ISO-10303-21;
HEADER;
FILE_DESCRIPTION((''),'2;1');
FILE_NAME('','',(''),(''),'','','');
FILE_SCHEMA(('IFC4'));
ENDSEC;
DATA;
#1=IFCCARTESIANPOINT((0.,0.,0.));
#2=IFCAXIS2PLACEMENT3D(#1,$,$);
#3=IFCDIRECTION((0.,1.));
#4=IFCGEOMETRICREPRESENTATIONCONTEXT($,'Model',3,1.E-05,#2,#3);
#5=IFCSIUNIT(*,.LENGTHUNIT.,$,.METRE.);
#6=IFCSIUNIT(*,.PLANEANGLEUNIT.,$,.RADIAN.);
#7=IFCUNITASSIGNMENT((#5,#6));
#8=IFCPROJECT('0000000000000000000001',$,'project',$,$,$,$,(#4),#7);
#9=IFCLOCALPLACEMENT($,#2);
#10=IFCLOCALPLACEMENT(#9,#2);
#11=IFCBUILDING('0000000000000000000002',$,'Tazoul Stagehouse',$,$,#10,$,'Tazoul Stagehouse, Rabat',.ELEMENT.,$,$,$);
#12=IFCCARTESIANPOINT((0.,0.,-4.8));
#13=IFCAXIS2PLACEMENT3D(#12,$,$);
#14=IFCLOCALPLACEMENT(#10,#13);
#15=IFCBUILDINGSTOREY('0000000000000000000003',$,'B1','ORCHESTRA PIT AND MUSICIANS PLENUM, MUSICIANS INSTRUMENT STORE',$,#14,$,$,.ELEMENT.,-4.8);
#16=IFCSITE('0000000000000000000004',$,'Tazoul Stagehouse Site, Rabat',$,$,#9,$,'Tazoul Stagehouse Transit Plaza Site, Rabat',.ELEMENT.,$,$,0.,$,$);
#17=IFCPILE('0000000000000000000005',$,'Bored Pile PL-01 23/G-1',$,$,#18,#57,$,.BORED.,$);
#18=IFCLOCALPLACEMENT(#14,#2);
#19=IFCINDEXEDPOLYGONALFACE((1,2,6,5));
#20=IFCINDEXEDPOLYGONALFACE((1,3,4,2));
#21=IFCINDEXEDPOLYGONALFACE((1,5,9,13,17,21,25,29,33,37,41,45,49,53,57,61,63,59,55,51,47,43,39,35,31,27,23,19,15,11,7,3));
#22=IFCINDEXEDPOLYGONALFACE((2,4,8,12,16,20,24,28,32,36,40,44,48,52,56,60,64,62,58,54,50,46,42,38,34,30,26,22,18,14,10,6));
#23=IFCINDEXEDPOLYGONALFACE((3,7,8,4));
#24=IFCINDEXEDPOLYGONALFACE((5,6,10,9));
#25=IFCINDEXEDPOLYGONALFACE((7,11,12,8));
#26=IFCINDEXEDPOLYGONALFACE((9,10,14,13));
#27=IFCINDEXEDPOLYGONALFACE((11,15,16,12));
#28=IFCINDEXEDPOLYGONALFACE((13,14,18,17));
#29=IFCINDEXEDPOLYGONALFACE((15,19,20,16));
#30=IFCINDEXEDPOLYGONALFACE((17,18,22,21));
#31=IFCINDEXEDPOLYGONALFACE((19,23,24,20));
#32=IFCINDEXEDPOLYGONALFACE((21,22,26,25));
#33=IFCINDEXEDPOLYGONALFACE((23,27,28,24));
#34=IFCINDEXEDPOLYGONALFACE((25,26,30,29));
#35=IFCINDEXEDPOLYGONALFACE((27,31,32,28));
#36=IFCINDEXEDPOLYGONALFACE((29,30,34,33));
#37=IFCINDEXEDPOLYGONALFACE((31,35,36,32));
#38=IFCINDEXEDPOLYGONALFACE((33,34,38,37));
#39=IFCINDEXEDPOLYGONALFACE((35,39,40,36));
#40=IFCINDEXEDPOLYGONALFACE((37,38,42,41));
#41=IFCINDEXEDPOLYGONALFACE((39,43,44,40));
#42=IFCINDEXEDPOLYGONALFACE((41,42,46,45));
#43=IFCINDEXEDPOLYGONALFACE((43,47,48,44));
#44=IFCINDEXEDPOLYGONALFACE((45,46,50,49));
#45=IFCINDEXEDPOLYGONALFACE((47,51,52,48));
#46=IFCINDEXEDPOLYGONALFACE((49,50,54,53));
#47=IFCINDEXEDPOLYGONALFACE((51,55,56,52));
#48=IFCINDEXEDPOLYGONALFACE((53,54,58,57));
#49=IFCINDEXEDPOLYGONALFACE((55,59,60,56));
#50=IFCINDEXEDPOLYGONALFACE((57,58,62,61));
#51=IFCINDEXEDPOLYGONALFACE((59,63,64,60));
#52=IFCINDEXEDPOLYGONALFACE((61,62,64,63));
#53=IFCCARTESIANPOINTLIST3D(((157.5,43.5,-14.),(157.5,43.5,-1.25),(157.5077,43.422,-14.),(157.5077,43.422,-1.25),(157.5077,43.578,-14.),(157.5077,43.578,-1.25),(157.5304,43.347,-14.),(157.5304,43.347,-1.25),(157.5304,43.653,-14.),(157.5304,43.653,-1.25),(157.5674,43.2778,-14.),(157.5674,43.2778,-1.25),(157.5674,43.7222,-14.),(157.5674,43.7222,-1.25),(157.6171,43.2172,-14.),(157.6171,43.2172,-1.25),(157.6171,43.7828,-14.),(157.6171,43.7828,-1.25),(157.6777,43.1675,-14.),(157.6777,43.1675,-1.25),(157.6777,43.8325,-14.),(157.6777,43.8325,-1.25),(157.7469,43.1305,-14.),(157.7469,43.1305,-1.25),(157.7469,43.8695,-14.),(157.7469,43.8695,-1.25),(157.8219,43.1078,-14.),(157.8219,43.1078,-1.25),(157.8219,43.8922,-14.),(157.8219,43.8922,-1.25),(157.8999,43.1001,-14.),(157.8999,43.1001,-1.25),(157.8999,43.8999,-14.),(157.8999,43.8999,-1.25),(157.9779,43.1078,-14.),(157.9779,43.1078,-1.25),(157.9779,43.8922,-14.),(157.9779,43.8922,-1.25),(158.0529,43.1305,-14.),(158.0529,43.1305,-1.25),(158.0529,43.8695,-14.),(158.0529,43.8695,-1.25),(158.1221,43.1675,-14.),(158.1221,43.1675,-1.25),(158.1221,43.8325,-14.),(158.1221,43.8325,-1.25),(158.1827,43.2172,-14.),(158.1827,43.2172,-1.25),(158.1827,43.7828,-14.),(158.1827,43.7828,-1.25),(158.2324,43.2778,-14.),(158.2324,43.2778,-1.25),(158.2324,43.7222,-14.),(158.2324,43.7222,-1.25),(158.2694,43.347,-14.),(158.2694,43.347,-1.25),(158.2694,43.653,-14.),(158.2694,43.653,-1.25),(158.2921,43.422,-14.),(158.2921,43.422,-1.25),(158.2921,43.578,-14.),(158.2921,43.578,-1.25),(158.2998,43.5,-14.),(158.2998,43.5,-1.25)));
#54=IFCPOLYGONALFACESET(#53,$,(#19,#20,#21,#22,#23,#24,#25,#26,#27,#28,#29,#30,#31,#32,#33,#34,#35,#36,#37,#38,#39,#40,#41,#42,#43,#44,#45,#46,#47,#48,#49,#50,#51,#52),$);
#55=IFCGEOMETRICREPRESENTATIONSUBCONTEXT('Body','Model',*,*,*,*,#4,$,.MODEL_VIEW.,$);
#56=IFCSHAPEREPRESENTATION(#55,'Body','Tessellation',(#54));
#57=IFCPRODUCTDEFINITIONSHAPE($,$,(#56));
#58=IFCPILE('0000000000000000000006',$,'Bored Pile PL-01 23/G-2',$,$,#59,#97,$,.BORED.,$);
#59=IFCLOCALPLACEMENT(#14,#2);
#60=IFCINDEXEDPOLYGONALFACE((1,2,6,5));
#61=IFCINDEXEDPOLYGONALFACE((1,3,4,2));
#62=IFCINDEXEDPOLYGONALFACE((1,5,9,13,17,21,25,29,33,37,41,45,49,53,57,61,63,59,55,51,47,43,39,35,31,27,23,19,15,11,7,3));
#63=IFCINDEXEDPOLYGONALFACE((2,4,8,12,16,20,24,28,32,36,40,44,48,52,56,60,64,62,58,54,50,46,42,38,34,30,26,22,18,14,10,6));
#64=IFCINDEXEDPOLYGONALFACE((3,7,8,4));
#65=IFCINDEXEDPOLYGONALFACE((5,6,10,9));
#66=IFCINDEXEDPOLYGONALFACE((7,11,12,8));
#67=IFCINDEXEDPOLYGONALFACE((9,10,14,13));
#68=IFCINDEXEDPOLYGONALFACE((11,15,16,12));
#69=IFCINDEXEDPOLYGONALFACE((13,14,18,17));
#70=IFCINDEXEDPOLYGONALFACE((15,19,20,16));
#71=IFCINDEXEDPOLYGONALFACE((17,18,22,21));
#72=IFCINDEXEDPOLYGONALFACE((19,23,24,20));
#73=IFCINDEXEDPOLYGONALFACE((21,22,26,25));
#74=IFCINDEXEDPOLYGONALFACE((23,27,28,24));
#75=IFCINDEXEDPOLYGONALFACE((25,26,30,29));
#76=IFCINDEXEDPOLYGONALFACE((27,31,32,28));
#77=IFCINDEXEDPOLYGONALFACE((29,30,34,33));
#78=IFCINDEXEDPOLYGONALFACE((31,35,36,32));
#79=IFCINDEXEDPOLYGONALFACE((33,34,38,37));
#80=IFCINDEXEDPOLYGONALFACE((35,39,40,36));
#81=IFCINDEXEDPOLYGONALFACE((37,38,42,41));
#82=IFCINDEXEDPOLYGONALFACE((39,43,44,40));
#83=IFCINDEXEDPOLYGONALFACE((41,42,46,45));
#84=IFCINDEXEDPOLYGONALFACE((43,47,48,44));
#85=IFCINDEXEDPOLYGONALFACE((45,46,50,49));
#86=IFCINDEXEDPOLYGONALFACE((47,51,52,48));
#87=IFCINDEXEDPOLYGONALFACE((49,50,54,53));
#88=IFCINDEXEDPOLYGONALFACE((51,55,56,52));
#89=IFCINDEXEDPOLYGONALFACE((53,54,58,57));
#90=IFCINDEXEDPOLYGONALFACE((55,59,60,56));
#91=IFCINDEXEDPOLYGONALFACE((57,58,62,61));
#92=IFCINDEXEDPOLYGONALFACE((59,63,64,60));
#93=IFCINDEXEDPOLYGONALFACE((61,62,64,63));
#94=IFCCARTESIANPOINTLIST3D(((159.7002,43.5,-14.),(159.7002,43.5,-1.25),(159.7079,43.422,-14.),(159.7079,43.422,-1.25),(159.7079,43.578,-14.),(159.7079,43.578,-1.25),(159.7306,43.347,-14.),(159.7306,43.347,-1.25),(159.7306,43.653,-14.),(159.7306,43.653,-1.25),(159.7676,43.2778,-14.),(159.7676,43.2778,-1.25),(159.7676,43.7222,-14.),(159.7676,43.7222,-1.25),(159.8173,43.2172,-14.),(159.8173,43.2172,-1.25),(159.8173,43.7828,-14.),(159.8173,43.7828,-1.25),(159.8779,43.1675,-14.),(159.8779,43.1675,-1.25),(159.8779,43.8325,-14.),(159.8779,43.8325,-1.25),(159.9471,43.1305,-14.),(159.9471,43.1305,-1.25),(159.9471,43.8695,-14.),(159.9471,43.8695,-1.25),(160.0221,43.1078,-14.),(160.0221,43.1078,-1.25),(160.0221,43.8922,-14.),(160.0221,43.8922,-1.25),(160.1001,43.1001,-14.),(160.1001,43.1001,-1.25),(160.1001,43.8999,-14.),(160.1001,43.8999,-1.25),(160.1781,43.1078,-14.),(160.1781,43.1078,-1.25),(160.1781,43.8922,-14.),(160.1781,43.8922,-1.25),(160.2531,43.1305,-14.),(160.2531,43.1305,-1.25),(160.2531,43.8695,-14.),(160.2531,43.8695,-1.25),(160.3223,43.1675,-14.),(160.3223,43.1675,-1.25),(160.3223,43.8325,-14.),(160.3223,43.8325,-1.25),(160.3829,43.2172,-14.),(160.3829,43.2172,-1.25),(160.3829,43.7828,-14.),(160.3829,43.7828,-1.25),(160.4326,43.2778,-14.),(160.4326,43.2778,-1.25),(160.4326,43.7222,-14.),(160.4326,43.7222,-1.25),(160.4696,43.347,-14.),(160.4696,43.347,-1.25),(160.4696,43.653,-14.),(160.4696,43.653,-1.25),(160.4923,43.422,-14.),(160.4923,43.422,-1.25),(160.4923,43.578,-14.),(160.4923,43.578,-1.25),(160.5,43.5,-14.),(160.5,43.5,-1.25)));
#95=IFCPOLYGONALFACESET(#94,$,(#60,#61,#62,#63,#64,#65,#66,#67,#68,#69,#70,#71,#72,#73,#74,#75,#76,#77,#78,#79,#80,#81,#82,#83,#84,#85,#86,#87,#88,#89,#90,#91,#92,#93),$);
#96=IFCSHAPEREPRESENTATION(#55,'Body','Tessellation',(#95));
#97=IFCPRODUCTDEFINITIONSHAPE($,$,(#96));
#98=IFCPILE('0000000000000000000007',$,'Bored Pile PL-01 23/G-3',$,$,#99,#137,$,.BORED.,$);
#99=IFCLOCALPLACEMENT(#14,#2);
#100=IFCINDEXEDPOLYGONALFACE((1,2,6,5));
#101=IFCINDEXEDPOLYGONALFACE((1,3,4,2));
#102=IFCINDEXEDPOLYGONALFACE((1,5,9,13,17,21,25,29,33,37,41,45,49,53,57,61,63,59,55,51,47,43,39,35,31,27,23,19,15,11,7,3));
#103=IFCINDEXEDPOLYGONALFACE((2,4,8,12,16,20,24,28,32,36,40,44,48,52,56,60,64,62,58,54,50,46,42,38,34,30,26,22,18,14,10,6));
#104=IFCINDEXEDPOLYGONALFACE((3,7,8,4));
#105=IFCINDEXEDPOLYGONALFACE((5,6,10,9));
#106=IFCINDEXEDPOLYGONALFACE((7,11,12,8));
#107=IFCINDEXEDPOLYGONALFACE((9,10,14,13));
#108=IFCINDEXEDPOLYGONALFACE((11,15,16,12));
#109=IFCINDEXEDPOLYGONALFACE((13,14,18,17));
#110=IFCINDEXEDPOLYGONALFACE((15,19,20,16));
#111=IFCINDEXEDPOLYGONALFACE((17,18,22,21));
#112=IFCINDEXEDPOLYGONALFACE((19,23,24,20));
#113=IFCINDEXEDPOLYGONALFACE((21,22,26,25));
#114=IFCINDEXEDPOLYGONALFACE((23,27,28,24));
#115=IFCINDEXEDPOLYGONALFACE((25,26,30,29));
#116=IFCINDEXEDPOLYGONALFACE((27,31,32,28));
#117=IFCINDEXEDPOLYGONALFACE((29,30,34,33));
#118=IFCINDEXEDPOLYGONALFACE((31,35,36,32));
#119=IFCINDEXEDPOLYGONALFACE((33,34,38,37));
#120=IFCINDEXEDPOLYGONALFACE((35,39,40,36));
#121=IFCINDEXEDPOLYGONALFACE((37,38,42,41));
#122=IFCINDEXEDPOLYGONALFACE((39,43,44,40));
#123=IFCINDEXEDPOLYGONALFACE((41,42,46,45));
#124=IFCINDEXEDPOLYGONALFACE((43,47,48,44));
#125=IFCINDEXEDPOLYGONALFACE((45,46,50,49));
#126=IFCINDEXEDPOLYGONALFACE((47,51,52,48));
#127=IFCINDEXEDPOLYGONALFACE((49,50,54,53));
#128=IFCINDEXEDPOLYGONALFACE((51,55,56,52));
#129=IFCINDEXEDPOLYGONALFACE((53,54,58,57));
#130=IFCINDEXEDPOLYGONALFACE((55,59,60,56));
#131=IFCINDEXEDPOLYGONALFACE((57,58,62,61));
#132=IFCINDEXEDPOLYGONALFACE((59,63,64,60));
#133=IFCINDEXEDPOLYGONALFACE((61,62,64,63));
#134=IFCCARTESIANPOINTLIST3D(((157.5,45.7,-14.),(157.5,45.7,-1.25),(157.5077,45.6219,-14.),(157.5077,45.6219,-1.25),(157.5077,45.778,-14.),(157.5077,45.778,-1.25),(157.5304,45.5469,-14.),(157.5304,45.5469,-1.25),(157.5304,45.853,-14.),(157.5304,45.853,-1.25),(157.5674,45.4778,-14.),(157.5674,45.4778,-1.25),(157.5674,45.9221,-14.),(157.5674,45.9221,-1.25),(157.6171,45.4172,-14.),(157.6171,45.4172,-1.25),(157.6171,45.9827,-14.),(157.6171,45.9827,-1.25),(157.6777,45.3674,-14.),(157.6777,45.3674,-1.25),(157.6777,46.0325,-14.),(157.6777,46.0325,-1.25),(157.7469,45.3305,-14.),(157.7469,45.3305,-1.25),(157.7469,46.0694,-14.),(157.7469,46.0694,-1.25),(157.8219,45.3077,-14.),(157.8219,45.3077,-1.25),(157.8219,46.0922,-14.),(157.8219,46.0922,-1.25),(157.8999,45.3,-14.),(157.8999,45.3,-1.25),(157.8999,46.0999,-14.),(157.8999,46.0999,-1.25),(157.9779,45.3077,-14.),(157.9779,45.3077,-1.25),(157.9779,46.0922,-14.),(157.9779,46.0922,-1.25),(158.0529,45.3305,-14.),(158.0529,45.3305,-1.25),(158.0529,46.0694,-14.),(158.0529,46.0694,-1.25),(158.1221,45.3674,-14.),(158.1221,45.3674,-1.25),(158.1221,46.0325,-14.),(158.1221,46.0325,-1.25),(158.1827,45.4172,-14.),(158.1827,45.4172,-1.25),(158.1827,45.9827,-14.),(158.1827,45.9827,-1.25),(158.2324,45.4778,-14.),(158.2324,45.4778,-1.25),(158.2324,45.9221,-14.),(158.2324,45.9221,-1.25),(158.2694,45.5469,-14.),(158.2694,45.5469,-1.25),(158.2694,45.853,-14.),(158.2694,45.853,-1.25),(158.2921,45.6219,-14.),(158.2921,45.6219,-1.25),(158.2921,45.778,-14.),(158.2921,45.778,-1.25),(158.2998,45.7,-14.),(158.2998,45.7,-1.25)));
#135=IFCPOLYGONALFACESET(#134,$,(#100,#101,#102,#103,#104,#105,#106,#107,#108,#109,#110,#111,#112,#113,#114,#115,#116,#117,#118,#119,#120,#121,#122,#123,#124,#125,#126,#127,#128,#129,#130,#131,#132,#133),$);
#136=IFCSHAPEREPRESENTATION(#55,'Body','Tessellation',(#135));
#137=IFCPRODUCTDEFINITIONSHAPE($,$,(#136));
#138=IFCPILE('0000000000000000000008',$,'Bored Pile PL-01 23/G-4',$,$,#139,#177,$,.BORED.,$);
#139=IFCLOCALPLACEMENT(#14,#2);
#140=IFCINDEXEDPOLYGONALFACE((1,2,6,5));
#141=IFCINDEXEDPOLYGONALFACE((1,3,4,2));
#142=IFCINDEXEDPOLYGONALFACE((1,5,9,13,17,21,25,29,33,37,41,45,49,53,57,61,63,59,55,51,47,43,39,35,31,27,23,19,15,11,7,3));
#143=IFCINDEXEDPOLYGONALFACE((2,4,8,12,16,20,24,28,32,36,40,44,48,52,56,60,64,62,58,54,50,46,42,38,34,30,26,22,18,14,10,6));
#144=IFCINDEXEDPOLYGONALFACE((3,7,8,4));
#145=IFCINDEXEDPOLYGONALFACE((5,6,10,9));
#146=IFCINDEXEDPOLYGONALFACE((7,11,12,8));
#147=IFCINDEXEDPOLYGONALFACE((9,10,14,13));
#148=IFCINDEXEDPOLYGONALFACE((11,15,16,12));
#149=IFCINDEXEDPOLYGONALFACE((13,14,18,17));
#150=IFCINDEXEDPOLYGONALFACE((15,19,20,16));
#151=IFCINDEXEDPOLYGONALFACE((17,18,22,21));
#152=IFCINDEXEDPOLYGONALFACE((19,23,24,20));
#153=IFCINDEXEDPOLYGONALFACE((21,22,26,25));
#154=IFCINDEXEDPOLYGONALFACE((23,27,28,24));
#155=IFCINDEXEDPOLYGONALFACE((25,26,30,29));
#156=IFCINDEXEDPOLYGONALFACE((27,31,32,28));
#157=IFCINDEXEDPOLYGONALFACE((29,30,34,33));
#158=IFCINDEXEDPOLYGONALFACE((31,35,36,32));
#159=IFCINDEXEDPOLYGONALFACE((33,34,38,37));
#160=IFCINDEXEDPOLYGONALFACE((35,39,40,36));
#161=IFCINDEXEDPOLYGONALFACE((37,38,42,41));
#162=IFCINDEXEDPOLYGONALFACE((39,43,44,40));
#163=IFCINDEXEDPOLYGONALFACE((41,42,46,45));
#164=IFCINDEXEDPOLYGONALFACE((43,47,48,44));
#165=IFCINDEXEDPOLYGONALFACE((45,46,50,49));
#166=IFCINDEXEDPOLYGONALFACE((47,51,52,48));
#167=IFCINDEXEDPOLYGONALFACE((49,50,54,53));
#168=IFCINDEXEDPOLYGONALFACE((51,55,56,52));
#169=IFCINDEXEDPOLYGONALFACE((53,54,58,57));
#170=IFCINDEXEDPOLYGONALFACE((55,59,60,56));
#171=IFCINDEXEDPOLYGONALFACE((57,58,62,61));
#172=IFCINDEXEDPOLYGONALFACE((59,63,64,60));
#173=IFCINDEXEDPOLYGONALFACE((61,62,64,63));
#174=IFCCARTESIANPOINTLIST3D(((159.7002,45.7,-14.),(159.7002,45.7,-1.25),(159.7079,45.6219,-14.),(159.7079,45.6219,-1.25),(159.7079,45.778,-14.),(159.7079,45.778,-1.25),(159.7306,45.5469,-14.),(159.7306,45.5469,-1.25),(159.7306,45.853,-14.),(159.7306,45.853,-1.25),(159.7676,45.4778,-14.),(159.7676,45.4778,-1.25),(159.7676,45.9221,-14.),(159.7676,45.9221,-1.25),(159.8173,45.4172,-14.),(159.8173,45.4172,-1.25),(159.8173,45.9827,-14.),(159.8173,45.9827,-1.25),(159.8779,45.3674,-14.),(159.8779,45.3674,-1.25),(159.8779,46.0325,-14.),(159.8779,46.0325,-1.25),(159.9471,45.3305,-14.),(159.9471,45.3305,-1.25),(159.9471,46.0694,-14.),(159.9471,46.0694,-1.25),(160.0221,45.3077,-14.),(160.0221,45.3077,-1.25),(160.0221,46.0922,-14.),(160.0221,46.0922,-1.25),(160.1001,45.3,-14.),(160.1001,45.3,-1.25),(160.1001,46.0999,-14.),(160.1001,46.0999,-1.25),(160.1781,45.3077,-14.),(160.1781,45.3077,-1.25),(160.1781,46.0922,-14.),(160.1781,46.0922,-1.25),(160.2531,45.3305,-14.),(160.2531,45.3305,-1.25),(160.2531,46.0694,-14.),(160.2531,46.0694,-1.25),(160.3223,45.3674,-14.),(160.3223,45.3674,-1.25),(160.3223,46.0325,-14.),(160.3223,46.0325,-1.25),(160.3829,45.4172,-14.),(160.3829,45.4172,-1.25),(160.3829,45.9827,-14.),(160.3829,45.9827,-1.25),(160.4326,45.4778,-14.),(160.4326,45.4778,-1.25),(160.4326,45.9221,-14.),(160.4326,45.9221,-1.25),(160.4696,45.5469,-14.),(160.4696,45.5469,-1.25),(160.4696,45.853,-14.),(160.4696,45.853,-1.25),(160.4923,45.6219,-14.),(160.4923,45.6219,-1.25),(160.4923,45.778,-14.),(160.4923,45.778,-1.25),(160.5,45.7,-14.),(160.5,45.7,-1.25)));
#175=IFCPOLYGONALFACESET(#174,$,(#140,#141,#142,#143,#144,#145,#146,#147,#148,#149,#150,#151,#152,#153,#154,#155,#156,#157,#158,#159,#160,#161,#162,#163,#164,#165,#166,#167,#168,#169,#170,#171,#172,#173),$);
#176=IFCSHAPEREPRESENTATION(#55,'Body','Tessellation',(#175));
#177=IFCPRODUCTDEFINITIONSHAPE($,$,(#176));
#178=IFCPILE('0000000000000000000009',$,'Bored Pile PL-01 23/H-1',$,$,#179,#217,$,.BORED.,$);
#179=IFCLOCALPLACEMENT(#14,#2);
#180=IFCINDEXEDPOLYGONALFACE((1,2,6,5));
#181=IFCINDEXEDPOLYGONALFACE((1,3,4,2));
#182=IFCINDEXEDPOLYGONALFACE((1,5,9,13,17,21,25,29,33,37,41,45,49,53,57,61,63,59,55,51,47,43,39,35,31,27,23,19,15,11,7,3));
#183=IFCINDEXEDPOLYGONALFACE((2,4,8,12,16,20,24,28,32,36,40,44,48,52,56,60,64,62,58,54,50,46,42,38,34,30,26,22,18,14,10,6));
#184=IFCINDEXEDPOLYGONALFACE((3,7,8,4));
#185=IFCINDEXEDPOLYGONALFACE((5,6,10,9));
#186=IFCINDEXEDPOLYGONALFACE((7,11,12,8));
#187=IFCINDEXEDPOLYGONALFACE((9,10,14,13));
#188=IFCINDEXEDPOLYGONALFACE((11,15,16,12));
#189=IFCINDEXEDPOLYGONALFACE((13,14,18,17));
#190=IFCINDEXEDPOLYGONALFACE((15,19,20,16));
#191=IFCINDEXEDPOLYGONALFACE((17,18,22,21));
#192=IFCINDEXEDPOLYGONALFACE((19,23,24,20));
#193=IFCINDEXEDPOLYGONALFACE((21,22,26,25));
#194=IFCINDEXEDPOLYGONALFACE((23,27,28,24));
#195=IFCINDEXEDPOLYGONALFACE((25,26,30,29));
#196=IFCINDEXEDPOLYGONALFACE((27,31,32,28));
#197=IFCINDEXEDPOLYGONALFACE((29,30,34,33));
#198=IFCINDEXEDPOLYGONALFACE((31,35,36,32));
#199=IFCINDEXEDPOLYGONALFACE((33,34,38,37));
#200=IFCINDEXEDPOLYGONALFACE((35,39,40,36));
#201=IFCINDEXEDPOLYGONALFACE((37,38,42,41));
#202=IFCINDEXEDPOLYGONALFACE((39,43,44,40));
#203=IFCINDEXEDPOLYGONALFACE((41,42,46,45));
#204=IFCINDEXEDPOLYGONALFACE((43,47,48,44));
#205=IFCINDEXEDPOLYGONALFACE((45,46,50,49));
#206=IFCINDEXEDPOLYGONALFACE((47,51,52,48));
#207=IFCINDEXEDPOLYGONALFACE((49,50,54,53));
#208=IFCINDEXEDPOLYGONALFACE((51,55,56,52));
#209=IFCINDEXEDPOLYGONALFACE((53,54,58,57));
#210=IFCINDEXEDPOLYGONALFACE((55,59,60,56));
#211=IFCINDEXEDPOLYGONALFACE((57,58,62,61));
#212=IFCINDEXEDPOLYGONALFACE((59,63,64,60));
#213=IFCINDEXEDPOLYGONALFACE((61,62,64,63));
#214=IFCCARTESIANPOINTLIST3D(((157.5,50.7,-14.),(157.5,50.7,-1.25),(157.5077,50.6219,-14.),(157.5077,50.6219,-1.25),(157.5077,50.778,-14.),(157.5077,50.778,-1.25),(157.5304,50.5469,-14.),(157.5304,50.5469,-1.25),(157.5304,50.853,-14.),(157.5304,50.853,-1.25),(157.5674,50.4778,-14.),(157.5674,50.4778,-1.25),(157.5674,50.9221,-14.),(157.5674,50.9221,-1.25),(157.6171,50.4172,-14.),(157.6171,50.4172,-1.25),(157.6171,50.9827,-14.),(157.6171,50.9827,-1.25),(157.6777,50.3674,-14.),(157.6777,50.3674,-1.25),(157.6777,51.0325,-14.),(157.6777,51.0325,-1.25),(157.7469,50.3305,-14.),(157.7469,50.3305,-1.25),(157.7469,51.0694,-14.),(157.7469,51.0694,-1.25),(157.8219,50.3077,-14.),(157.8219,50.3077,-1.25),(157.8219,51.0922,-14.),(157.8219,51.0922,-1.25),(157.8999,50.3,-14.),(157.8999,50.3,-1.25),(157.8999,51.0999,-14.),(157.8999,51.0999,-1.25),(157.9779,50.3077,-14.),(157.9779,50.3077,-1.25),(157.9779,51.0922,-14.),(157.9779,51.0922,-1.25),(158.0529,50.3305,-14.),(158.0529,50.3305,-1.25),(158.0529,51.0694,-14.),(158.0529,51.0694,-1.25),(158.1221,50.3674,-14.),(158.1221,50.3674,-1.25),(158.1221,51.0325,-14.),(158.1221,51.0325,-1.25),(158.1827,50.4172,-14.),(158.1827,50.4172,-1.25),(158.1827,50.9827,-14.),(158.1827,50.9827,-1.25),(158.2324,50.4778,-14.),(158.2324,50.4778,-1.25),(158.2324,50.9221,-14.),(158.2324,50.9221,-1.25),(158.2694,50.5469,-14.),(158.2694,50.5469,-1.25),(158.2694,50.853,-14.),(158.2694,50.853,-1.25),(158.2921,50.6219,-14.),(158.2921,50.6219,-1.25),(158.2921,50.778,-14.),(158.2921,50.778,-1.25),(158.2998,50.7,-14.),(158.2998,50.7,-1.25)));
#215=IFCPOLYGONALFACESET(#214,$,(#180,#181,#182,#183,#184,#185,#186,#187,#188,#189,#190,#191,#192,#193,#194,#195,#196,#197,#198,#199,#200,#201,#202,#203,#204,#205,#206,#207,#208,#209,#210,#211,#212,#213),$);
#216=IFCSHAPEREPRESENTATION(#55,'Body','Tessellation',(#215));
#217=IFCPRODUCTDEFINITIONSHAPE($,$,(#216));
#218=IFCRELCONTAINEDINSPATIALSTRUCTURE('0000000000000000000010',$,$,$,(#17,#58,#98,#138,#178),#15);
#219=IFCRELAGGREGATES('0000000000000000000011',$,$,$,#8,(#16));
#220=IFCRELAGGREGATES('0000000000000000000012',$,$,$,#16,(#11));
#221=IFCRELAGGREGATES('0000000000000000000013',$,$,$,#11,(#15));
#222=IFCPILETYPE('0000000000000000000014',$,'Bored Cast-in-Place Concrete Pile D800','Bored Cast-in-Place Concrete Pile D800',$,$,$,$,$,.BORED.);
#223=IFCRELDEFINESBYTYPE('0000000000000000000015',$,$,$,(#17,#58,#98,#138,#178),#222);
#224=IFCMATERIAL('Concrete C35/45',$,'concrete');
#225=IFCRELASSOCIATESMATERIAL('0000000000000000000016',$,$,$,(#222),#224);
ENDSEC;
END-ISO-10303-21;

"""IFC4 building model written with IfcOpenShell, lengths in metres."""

from ifc_helpers import new_model, si_unit, direction, frame, origin, origin_2d, place, context, subcontext, project, spatial, circle, extrude, material, material_profile, profile_set, type_object, element, save


model = new_model("IFC4")

# Units and contexts
model_context = context("Model", 3, precision=1e-05, world=origin(), true_north=direction((0.0, 1.0)))
body_context = subcontext(model_context, "Body", "Model", "MODEL_VIEW")
ifc_project = project(units=[si_unit("LENGTHUNIT", "METRE"), si_unit("PLANEANGLEUNIT", "RADIAN")], contexts=[model_context])

# Site, building, storey
site_placement = place(None, origin())
site = spatial("IfcSite", under=ifc_project, at=site_placement, Name="Tazoul Stagehouse Site, Rabat", LongName="Tazoul Stagehouse Transit Plaza Site, Rabat", CompositionType="ELEMENT", RefElevation=0.0)
building_placement = place(site_placement, origin())
building = spatial("IfcBuilding", under=site, at=building_placement, Name="Tazoul Stagehouse", LongName="Tazoul Stagehouse, Rabat", CompositionType="ELEMENT")
storey_placement = place(building_placement, frame((0.0, 0.0, -4.8)))
storey = spatial("IfcBuildingStorey", under=building, at=storey_placement, Name="B1", Description="ORCHESTRA PIT AND MUSICIANS PLENUM, MUSICIANS INSTRUMENT STORE", CompositionType="ELEMENT", Elevation=-4.8)

# Piles
ifc_material_1 = material(Name="Concrete C35/45", Category="concrete")
ifc_material_profile_1 = material_profile(ifc_material_1, circle(Radius=0.3999, at=origin_2d()), Name="BORED PILE 800")
ifc_profile_set_1 = profile_set([ifc_material_profile_1], Name="Concrete C35/45")
pile_type = type_object("IfcPileType", Name="Bored Cast-in-Place Concrete Pile D800", Description="Bored Cast-in-Place Concrete Pile D800", PredefinedType="BORED", material=ifc_profile_set_1)
for number, where, z_axis, x_axis, name in (
    (1, (157.8999, 43.5, -1.25), (0.0, 0.0, -1.0), (1.0, 0.0, 0.0), "Bored Pile PL-01 23/G-1"),
    (2, (160.1001, 43.5, -1.25), (0.0, 0.0, -1.0), (1.0, 0.0, 0.0), "Bored Pile PL-01 23/G-2"),
    (3, (157.8999, 45.7, -1.25), (0.0, 0.0, -1.0), (1.0, 0.0, 0.0), "Bored Pile PL-01 23/G-3"),
    (4, (160.1001, 45.7, -1.25), (0.0, 0.0, -1.0), (1.0, 0.0, 0.0), "Bored Pile PL-01 23/G-4"),
    (5, (157.8999, 50.7, -1.25), (0.0, 0.0, -1.0), (1.0, 0.0, 0.0), "Bored Pile PL-01 23/H-1"),
):
    element("IfcPile", number, at=place(storey_placement, frame(where, z_axis=z_axis, x_axis=x_axis)), inside=storey, type_object=pile_type, Name=name, PredefinedType="BORED", context=body_context, shape_type="SweptSolid", body=[
        extrude(circle(Radius=0.3999, at=origin_2d()), origin(), (0.0, 0.0, 1.0), 12.75),
    ])

save(model, "model.ifc")
